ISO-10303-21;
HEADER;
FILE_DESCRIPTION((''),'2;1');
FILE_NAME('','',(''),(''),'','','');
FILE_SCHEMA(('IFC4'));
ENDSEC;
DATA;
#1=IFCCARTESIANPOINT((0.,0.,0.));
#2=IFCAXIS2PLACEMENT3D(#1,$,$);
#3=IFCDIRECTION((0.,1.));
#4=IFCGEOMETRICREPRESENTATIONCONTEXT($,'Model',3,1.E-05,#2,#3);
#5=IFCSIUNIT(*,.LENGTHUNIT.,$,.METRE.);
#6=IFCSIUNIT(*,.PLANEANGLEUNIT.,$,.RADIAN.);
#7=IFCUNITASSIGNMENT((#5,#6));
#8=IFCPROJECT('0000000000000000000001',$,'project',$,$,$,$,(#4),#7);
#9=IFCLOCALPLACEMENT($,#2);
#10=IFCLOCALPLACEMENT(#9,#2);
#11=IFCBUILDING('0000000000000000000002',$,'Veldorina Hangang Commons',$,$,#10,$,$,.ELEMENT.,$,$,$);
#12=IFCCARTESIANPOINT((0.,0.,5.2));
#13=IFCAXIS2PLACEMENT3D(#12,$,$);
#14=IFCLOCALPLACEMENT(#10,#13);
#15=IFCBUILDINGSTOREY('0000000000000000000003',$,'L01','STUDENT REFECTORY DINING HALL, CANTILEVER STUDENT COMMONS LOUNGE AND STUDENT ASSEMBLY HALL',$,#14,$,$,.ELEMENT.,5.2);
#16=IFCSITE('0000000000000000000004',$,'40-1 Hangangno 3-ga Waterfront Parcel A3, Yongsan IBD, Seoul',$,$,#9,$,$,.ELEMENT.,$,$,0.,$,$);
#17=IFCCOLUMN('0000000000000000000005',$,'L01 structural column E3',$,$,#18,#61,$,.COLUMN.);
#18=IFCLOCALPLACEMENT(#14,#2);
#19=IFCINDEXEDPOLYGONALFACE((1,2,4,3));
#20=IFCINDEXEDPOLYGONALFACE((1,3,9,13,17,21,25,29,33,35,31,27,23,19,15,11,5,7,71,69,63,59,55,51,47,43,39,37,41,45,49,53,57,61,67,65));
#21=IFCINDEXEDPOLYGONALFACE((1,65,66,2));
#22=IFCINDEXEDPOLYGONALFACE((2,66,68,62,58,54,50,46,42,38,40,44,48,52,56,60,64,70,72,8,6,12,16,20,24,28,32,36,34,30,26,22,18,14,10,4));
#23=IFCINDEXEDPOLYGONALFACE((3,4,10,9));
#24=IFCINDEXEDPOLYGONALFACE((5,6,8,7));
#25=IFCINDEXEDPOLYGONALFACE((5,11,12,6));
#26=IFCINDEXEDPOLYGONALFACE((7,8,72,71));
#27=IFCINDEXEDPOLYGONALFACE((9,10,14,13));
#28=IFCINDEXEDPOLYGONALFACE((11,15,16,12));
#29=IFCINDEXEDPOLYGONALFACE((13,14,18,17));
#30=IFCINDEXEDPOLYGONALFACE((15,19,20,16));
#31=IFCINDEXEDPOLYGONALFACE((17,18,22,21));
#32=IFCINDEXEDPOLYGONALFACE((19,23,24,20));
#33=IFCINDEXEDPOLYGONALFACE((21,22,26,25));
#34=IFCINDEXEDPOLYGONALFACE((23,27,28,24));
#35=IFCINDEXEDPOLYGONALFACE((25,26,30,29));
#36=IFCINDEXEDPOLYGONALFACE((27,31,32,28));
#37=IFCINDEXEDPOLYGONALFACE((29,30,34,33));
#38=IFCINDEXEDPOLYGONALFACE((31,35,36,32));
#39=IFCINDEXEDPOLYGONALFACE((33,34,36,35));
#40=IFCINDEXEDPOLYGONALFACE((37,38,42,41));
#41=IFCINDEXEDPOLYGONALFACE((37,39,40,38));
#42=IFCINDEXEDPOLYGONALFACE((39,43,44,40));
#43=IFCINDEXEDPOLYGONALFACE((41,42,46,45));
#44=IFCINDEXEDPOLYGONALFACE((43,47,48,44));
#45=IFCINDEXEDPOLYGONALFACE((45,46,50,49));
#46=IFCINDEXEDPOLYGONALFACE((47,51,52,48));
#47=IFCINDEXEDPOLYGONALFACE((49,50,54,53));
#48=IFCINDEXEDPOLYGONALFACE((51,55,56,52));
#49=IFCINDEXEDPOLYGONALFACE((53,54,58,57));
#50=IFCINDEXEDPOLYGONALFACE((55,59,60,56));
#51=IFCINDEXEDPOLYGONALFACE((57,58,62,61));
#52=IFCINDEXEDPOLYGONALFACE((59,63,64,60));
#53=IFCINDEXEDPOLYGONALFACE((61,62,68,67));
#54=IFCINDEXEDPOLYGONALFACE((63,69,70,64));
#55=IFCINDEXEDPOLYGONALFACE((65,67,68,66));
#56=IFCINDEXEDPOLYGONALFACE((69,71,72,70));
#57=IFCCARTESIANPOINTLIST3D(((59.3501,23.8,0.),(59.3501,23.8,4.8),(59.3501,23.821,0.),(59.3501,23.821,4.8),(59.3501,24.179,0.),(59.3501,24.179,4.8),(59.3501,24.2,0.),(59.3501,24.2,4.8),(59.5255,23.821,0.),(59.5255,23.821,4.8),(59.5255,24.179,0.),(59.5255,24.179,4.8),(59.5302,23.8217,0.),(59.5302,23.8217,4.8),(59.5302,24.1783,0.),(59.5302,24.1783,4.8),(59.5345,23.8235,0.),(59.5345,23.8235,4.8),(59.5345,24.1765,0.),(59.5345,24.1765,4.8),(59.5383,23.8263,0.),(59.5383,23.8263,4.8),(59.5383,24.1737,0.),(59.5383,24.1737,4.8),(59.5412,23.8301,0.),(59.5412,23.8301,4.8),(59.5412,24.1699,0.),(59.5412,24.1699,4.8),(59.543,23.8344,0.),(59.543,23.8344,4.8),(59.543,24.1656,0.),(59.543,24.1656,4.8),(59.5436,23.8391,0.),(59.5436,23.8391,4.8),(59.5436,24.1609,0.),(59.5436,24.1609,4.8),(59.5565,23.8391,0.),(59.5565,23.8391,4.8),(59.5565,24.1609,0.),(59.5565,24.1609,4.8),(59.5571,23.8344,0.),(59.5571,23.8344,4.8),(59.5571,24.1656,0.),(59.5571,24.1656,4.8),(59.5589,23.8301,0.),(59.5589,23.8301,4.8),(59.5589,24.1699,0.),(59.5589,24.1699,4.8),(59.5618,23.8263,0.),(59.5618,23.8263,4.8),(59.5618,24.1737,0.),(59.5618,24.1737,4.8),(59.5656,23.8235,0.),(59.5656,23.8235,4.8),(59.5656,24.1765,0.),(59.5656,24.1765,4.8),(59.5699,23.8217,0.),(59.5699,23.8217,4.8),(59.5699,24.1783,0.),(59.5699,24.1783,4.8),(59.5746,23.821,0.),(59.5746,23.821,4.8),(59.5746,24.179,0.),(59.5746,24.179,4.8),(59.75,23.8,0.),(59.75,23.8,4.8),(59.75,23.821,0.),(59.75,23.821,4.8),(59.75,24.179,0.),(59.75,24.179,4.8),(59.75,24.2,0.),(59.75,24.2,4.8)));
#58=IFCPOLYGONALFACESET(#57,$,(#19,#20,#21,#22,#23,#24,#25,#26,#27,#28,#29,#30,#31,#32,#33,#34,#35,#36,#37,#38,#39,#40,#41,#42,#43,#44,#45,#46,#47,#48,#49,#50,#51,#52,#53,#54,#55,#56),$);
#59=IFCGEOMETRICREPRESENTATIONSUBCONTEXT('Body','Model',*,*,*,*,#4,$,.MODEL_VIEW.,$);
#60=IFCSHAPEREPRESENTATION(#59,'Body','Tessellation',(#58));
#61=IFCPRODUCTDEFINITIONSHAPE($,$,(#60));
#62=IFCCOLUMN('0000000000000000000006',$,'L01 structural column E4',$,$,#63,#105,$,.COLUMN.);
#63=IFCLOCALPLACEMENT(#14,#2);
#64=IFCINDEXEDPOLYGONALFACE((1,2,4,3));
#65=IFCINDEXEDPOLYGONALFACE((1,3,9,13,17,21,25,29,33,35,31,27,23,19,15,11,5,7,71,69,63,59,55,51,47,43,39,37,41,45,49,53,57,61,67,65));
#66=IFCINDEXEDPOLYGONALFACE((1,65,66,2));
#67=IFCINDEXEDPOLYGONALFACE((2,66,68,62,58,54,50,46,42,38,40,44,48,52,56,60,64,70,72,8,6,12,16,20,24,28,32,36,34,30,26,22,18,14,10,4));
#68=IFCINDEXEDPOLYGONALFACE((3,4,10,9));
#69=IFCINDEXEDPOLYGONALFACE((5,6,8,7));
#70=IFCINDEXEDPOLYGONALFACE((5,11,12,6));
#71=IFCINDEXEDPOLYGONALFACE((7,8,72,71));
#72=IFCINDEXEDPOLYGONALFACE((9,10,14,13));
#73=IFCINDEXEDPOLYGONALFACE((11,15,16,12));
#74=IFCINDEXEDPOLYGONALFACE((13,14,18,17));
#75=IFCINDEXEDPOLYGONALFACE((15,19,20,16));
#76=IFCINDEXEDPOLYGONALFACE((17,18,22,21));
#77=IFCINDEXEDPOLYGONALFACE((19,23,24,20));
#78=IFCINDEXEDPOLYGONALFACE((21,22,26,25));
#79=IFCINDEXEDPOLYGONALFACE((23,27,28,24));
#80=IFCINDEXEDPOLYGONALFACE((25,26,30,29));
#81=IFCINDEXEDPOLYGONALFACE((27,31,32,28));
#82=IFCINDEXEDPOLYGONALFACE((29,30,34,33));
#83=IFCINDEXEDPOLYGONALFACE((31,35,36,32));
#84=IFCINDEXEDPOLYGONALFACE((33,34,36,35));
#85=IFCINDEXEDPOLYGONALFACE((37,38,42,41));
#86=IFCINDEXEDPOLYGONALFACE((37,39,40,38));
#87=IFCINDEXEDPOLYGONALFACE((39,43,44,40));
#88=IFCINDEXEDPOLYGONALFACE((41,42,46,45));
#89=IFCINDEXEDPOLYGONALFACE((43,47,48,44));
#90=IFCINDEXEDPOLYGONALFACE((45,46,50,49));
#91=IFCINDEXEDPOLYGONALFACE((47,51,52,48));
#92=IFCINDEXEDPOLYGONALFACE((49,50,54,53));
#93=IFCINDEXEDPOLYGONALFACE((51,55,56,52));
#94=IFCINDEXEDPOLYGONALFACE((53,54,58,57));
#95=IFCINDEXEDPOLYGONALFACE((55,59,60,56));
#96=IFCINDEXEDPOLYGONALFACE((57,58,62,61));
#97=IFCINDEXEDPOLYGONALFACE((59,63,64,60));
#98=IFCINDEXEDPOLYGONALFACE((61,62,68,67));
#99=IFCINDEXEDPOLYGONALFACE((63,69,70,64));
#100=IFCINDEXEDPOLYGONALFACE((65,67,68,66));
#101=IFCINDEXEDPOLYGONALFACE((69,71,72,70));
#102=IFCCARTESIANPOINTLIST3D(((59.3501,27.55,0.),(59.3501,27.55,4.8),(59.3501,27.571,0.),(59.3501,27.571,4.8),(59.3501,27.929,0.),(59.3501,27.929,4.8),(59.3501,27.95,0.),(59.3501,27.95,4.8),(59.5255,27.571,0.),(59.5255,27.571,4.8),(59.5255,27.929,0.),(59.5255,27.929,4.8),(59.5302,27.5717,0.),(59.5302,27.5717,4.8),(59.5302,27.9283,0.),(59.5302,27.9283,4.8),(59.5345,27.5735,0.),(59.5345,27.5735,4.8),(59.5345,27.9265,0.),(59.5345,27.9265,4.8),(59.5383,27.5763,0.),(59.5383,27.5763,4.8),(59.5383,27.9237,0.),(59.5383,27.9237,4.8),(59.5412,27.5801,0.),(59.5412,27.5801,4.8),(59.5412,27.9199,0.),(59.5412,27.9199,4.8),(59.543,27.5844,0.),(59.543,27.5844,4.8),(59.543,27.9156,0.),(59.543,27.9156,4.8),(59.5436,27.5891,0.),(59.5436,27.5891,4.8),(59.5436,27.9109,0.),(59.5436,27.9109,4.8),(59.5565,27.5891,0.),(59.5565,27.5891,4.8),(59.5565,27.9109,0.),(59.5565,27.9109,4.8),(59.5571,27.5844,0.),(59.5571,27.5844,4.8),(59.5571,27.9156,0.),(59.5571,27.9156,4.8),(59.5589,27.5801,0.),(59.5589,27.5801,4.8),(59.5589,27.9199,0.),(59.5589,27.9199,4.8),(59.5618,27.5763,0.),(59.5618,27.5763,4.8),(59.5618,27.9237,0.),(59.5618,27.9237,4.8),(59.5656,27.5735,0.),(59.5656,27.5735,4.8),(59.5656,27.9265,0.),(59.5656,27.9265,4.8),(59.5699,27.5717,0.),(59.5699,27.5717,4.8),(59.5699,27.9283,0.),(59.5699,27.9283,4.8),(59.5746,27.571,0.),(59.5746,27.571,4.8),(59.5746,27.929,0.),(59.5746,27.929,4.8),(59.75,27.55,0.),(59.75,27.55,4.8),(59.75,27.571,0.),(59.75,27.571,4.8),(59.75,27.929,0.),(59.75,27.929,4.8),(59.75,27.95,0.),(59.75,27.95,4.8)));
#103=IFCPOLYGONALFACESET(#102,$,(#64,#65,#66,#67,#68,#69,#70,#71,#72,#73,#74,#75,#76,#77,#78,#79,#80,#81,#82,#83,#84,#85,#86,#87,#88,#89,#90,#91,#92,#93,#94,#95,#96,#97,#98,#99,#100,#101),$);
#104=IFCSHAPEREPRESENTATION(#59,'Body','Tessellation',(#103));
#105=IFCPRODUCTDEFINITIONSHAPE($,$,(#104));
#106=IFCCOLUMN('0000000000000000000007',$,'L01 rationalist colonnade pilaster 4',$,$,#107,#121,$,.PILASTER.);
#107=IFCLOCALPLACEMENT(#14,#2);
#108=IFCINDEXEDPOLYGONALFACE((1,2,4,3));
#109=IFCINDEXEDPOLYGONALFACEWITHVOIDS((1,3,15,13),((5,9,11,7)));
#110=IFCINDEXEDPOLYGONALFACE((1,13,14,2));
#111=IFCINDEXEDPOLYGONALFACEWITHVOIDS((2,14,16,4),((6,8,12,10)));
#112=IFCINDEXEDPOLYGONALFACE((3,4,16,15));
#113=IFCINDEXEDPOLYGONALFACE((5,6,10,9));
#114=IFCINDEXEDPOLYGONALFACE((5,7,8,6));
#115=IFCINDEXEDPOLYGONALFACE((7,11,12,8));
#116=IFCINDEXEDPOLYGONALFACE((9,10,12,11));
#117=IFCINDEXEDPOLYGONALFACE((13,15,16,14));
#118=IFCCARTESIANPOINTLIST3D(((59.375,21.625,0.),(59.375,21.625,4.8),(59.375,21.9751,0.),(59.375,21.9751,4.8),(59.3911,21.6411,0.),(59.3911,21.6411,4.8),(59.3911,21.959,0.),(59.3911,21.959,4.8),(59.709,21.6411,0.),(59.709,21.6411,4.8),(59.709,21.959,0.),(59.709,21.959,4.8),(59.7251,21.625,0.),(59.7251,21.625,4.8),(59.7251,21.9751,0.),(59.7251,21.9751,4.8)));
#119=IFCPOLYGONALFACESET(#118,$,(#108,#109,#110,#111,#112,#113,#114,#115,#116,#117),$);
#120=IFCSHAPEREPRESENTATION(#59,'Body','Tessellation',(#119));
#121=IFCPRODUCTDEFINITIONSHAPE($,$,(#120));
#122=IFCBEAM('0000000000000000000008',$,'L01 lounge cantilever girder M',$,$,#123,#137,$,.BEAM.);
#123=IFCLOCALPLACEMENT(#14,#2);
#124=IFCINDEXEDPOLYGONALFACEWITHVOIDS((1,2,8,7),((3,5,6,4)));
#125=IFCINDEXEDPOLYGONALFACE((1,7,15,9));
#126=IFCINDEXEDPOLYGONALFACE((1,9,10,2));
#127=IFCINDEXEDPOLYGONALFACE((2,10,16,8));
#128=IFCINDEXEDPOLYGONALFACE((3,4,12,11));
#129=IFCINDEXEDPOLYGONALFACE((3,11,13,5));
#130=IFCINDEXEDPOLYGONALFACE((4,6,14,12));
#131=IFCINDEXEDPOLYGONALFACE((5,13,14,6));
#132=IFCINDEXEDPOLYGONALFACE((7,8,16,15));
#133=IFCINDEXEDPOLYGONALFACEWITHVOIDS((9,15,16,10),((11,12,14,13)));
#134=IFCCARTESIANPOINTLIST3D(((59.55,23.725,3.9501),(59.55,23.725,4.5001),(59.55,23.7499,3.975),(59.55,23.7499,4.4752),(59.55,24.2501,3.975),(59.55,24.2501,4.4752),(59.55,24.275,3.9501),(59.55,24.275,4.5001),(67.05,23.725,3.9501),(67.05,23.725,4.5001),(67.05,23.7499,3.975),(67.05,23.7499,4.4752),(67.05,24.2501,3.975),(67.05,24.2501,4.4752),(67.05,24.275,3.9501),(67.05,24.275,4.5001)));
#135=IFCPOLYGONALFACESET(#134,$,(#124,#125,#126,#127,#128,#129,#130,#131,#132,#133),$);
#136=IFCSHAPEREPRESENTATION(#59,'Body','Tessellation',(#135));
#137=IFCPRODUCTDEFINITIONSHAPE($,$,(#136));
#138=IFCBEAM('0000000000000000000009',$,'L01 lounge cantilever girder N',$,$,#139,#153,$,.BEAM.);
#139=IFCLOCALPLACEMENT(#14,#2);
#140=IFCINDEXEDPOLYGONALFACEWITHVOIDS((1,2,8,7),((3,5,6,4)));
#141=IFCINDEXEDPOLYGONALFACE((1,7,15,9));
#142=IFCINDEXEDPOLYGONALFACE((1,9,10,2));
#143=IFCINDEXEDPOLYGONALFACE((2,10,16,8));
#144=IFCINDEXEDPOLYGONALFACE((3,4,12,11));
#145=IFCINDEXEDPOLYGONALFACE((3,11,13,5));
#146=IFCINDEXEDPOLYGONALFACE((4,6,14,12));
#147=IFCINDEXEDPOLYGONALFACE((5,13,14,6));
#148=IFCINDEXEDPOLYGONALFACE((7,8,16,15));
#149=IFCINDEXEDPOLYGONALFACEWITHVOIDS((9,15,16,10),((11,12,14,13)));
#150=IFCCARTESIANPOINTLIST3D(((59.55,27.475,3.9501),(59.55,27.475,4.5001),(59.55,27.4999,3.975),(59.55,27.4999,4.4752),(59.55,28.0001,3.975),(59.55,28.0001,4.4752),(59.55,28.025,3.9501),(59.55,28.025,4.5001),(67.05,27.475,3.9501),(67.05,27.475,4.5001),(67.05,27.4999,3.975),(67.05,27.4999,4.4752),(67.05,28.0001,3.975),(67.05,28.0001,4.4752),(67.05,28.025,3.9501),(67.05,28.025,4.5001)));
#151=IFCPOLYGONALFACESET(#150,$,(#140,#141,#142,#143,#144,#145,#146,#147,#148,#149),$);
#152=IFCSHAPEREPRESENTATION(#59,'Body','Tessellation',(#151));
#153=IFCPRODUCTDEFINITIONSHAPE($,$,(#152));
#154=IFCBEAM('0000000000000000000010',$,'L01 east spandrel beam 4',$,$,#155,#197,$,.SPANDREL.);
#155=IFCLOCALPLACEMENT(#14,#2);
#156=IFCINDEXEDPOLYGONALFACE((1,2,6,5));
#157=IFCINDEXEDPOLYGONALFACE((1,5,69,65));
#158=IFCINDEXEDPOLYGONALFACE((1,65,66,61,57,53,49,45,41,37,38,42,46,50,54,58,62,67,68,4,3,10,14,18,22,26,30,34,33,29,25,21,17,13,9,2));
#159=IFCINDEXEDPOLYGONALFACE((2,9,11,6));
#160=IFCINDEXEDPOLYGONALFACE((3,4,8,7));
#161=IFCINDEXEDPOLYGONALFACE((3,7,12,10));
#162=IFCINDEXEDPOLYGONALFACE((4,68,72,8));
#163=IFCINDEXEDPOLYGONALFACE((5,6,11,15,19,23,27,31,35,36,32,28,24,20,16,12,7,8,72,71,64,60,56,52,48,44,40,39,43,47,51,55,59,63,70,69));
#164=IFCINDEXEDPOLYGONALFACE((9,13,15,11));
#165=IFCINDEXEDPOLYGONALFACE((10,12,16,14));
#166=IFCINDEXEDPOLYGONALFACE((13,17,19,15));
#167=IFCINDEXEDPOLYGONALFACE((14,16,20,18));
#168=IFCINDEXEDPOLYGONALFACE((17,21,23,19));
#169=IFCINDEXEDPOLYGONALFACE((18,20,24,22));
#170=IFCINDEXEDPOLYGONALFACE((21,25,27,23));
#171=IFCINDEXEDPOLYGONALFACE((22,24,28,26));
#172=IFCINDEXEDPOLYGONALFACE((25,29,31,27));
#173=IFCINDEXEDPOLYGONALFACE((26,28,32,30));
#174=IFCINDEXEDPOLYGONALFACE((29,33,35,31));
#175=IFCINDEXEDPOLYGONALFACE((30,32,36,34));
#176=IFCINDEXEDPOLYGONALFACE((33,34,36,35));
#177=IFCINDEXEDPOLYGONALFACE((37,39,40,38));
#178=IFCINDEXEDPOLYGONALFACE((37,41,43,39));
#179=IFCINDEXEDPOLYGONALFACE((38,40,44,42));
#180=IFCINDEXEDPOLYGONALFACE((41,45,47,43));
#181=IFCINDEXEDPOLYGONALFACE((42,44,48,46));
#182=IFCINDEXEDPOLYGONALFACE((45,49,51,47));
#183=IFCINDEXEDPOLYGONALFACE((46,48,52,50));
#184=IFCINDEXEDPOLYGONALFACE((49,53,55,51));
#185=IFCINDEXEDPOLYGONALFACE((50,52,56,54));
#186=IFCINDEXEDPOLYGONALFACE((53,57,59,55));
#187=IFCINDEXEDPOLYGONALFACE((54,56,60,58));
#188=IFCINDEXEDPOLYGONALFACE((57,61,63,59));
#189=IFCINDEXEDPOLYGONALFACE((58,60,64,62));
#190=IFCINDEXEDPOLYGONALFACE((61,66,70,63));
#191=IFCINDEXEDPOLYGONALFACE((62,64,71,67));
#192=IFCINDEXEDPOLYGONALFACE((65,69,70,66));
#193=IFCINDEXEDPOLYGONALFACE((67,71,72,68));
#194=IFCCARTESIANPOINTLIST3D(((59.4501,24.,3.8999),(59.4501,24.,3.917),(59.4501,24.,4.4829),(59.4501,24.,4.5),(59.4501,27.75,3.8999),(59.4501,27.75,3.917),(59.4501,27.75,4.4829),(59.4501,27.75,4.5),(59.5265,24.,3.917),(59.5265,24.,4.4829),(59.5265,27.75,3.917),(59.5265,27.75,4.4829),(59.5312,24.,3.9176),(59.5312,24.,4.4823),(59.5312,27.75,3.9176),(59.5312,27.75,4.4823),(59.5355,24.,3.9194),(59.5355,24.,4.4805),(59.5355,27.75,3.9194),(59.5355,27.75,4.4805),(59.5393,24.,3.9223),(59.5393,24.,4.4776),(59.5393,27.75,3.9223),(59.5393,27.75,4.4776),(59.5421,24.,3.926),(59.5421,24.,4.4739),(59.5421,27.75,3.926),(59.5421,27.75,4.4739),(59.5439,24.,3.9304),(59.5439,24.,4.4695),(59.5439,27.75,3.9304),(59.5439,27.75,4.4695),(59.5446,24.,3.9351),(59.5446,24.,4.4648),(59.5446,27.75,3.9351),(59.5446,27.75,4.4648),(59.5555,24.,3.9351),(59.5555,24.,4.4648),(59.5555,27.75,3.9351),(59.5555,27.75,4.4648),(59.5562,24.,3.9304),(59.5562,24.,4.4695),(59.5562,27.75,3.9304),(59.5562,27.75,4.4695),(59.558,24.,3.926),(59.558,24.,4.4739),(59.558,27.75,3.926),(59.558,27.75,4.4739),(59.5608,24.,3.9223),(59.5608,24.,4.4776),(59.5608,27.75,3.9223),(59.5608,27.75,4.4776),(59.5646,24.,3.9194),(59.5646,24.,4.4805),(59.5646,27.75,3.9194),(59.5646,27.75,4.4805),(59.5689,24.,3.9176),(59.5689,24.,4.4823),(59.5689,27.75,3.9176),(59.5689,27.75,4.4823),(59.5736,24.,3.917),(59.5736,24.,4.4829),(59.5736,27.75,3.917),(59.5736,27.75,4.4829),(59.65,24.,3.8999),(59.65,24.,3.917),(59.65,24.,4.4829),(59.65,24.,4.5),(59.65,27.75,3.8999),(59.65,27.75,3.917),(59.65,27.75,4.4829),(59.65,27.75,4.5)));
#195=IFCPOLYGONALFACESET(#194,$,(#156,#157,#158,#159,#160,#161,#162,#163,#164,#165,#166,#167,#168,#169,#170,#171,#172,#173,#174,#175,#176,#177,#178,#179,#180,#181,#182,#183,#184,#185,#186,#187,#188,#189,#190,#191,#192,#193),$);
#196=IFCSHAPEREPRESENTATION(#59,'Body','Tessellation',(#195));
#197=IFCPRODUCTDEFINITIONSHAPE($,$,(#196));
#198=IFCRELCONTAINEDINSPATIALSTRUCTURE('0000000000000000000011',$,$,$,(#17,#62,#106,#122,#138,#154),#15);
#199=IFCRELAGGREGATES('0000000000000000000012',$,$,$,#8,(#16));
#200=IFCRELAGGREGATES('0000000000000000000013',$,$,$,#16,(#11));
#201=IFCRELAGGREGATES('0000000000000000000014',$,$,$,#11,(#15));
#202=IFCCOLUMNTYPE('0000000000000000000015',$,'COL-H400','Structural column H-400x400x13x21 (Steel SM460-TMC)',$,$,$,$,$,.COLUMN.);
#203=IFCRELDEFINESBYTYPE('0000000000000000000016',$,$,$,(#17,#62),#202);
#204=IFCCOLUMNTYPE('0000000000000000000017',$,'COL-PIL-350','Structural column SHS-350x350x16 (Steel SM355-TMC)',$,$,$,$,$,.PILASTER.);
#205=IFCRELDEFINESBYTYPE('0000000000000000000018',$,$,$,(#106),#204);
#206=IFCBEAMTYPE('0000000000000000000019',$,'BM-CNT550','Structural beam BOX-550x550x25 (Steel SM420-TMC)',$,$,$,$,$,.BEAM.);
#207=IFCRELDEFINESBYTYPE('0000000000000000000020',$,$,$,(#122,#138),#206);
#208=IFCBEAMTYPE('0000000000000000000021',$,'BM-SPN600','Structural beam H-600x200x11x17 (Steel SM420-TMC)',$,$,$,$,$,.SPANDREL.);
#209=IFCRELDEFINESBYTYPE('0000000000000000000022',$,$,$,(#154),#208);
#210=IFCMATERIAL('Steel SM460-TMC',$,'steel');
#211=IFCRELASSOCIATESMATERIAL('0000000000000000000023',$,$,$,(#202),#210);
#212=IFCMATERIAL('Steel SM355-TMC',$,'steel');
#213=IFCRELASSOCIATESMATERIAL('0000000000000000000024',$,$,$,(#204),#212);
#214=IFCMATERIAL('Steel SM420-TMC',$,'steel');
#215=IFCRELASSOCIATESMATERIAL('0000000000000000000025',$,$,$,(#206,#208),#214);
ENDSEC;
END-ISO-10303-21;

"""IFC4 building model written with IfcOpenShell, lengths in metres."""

from ifc_helpers import new_model, si_unit, direction, frame, origin, origin_2d, place, context, subcontext, project, spatial, hollow_rectangle, i_section, extrude, material, material_profile, profile_set, type_object, element, save


model = new_model("IFC4")

# Units and contexts
model_context = context("Model", 3, precision=1e-05, world=origin(), true_north=direction((0.0, 1.0)))
body_context = subcontext(model_context, "Body", "Model", "MODEL_VIEW")
ifc_project = project(units=[si_unit("LENGTHUNIT", "METRE"), si_unit("PLANEANGLEUNIT", "RADIAN")], contexts=[model_context])

# Site, building, storey
site_placement = place(None, origin())
site = spatial("IfcSite", under=ifc_project, at=site_placement, Name="40-1 Hangangno 3-ga Waterfront Parcel A3, Yongsan IBD, Seoul", CompositionType="ELEMENT", RefElevation=0.0)
building_placement = place(site_placement, origin())
building = spatial("IfcBuilding", under=site, at=building_placement, Name="Veldorina Hangang Commons", CompositionType="ELEMENT")
storey_placement = place(building_placement, frame((0.0, 0.0, 5.2)))
storey = spatial("IfcBuildingStorey", under=building, at=storey_placement, Name="L01", Description="STUDENT REFECTORY DINING HALL, CANTILEVER STUDENT COMMONS LOUNGE AND STUDENT ASSEMBLY HALL", CompositionType="ELEMENT", Elevation=5.2)

# Columns
ifc_material_1 = material(Name="Steel SM460-TMC", Category="steel")
ifc_material_profile_1 = material_profile(ifc_material_1, i_section(OverallWidth=0.3999, OverallDepth=0.3999, WebThickness=0.0129, FlangeThickness=0.021, FilletRadius=0.0181, at=origin_2d()), Name="H-400x400x13x21")
ifc_profile_set_1 = profile_set([ifc_material_profile_1], Name="Steel SM460-TMC")
column_type_1 = type_object("IfcColumnType", Name="COL-H400", Description="Structural column H-400x400x13x21 (Steel SM460-TMC)", PredefinedType="COLUMN", material=ifc_profile_set_1)
for number, where, z_axis, x_axis, name in (
    (1, (59.55, 24.0, 0.0), (0.0, 0.0, 1.0), (1.0, 0.0, 0.0), "L01 structural column E3"),
    (2, (59.55, 27.75, 0.0), (0.0, 0.0, 1.0), (1.0, 0.0, 0.0), "L01 structural column E4"),
):
    element("IfcColumn", number, at=place(storey_placement, frame(where, z_axis=z_axis, x_axis=x_axis)), inside=storey, type_object=column_type_1, Name=name, PredefinedType="COLUMN", context=body_context, shape_type="SweptSolid", body=[
        extrude(i_section(OverallWidth=0.3999, OverallDepth=0.3999, WebThickness=0.0129, FlangeThickness=0.021, FilletRadius=0.0181, at=origin_2d()), origin(), (0.0, 0.0, 1.0), 4.8),
    ])
ifc_material_2 = material(Name="Steel SM355-TMC", Category="steel")
ifc_material_profile_2 = material_profile(ifc_material_2, hollow_rectangle(XDim=0.3501, YDim=0.3501, WallThickness=0.0161, at=origin_2d()), Name="SHS-350x350x16")
ifc_profile_set_2 = profile_set([ifc_material_profile_2], Name="Steel SM355-TMC")
column_type_2 = type_object("IfcColumnType", Name="COL-PIL-350", Description="Structural column SHS-350x350x16 (Steel SM355-TMC)", PredefinedType="PILASTER", material=ifc_profile_set_2)
column_placement = place(storey_placement, frame((59.55, 21.8, 0.0), z_axis=(0.0, 0.0, 1.0), x_axis=(1.0, 0.0, 0.0)))
element("IfcColumn", 3, at=column_placement, inside=storey, type_object=column_type_2, Name="L01 rationalist colonnade pilaster 4", PredefinedType="PILASTER", context=body_context, shape_type="SweptSolid", body=[
    extrude(hollow_rectangle(XDim=0.3501, YDim=0.3501, WallThickness=0.0161, at=origin_2d()), origin(), (0.0, 0.0, 1.0), 4.8),
])

# Beams
ifc_material_3 = material(Name="Steel SM420-TMC", Category="steel")
ifc_material_profile_3 = material_profile(ifc_material_3, hollow_rectangle(XDim=0.55, YDim=0.55, WallThickness=0.0249, at=origin_2d()), Name="BOX-550x550x25")
ifc_profile_set_3 = profile_set([ifc_material_profile_3], Name="Steel SM420-TMC")
beam_type_1 = type_object("IfcBeamType", Name="BM-CNT550", Description="Structural beam BOX-550x550x25 (Steel SM420-TMC)", PredefinedType="BEAM", material=ifc_profile_set_3)
for number, where, z_axis, x_axis, name in (
    (4, (59.55, 24.0, 4.2251), (1.0, 0.0, 0.0), (0.0, 1.0, 0.0), "L01 lounge cantilever girder M"),
    (5, (59.55, 27.75, 4.2251), (1.0, 0.0, 0.0), (0.0, 1.0, 0.0), "L01 lounge cantilever girder N"),
):
    element("IfcBeam", number, at=place(storey_placement, frame(where, z_axis=z_axis, x_axis=x_axis)), inside=storey, type_object=beam_type_1, Name=name, PredefinedType="BEAM", context=body_context, shape_type="SweptSolid", body=[
        extrude(hollow_rectangle(XDim=0.55, YDim=0.55, WallThickness=0.0249, at=origin_2d()), origin(), (0.0, 0.0, 1.0), 7.5),
    ])
ifc_material_profile_4 = material_profile(ifc_material_3, i_section(OverallWidth=0.2, OverallDepth=0.6001, WebThickness=0.011, FlangeThickness=0.0171, FilletRadius=0.0181, at=origin_2d()), Name="H-600x200x11x17")
ifc_profile_set_4 = profile_set([ifc_material_profile_4], Name="Steel SM420-TMC")
beam_type_2 = type_object("IfcBeamType", Name="BM-SPN600", Description="Structural beam H-600x200x11x17 (Steel SM420-TMC)", PredefinedType="SPANDREL", material=ifc_profile_set_4)
beam_1_placement = place(storey_placement, frame((59.55, 24.0, 4.2), z_axis=(0.0, 1.0, 0.0), x_axis=(-1.0, 0.0, 0.0)))
element("IfcBeam", 6, at=beam_1_placement, inside=storey, type_object=beam_type_2, Name="L01 east spandrel beam 4", PredefinedType="SPANDREL", context=body_context, shape_type="SweptSolid", body=[
    extrude(i_section(OverallWidth=0.2, OverallDepth=0.6001, WebThickness=0.011, FlangeThickness=0.0171, FilletRadius=0.0181, at=origin_2d()), origin(), (0.0, 0.0, 1.0), 3.75),
])

save(model, "model.ifc")
